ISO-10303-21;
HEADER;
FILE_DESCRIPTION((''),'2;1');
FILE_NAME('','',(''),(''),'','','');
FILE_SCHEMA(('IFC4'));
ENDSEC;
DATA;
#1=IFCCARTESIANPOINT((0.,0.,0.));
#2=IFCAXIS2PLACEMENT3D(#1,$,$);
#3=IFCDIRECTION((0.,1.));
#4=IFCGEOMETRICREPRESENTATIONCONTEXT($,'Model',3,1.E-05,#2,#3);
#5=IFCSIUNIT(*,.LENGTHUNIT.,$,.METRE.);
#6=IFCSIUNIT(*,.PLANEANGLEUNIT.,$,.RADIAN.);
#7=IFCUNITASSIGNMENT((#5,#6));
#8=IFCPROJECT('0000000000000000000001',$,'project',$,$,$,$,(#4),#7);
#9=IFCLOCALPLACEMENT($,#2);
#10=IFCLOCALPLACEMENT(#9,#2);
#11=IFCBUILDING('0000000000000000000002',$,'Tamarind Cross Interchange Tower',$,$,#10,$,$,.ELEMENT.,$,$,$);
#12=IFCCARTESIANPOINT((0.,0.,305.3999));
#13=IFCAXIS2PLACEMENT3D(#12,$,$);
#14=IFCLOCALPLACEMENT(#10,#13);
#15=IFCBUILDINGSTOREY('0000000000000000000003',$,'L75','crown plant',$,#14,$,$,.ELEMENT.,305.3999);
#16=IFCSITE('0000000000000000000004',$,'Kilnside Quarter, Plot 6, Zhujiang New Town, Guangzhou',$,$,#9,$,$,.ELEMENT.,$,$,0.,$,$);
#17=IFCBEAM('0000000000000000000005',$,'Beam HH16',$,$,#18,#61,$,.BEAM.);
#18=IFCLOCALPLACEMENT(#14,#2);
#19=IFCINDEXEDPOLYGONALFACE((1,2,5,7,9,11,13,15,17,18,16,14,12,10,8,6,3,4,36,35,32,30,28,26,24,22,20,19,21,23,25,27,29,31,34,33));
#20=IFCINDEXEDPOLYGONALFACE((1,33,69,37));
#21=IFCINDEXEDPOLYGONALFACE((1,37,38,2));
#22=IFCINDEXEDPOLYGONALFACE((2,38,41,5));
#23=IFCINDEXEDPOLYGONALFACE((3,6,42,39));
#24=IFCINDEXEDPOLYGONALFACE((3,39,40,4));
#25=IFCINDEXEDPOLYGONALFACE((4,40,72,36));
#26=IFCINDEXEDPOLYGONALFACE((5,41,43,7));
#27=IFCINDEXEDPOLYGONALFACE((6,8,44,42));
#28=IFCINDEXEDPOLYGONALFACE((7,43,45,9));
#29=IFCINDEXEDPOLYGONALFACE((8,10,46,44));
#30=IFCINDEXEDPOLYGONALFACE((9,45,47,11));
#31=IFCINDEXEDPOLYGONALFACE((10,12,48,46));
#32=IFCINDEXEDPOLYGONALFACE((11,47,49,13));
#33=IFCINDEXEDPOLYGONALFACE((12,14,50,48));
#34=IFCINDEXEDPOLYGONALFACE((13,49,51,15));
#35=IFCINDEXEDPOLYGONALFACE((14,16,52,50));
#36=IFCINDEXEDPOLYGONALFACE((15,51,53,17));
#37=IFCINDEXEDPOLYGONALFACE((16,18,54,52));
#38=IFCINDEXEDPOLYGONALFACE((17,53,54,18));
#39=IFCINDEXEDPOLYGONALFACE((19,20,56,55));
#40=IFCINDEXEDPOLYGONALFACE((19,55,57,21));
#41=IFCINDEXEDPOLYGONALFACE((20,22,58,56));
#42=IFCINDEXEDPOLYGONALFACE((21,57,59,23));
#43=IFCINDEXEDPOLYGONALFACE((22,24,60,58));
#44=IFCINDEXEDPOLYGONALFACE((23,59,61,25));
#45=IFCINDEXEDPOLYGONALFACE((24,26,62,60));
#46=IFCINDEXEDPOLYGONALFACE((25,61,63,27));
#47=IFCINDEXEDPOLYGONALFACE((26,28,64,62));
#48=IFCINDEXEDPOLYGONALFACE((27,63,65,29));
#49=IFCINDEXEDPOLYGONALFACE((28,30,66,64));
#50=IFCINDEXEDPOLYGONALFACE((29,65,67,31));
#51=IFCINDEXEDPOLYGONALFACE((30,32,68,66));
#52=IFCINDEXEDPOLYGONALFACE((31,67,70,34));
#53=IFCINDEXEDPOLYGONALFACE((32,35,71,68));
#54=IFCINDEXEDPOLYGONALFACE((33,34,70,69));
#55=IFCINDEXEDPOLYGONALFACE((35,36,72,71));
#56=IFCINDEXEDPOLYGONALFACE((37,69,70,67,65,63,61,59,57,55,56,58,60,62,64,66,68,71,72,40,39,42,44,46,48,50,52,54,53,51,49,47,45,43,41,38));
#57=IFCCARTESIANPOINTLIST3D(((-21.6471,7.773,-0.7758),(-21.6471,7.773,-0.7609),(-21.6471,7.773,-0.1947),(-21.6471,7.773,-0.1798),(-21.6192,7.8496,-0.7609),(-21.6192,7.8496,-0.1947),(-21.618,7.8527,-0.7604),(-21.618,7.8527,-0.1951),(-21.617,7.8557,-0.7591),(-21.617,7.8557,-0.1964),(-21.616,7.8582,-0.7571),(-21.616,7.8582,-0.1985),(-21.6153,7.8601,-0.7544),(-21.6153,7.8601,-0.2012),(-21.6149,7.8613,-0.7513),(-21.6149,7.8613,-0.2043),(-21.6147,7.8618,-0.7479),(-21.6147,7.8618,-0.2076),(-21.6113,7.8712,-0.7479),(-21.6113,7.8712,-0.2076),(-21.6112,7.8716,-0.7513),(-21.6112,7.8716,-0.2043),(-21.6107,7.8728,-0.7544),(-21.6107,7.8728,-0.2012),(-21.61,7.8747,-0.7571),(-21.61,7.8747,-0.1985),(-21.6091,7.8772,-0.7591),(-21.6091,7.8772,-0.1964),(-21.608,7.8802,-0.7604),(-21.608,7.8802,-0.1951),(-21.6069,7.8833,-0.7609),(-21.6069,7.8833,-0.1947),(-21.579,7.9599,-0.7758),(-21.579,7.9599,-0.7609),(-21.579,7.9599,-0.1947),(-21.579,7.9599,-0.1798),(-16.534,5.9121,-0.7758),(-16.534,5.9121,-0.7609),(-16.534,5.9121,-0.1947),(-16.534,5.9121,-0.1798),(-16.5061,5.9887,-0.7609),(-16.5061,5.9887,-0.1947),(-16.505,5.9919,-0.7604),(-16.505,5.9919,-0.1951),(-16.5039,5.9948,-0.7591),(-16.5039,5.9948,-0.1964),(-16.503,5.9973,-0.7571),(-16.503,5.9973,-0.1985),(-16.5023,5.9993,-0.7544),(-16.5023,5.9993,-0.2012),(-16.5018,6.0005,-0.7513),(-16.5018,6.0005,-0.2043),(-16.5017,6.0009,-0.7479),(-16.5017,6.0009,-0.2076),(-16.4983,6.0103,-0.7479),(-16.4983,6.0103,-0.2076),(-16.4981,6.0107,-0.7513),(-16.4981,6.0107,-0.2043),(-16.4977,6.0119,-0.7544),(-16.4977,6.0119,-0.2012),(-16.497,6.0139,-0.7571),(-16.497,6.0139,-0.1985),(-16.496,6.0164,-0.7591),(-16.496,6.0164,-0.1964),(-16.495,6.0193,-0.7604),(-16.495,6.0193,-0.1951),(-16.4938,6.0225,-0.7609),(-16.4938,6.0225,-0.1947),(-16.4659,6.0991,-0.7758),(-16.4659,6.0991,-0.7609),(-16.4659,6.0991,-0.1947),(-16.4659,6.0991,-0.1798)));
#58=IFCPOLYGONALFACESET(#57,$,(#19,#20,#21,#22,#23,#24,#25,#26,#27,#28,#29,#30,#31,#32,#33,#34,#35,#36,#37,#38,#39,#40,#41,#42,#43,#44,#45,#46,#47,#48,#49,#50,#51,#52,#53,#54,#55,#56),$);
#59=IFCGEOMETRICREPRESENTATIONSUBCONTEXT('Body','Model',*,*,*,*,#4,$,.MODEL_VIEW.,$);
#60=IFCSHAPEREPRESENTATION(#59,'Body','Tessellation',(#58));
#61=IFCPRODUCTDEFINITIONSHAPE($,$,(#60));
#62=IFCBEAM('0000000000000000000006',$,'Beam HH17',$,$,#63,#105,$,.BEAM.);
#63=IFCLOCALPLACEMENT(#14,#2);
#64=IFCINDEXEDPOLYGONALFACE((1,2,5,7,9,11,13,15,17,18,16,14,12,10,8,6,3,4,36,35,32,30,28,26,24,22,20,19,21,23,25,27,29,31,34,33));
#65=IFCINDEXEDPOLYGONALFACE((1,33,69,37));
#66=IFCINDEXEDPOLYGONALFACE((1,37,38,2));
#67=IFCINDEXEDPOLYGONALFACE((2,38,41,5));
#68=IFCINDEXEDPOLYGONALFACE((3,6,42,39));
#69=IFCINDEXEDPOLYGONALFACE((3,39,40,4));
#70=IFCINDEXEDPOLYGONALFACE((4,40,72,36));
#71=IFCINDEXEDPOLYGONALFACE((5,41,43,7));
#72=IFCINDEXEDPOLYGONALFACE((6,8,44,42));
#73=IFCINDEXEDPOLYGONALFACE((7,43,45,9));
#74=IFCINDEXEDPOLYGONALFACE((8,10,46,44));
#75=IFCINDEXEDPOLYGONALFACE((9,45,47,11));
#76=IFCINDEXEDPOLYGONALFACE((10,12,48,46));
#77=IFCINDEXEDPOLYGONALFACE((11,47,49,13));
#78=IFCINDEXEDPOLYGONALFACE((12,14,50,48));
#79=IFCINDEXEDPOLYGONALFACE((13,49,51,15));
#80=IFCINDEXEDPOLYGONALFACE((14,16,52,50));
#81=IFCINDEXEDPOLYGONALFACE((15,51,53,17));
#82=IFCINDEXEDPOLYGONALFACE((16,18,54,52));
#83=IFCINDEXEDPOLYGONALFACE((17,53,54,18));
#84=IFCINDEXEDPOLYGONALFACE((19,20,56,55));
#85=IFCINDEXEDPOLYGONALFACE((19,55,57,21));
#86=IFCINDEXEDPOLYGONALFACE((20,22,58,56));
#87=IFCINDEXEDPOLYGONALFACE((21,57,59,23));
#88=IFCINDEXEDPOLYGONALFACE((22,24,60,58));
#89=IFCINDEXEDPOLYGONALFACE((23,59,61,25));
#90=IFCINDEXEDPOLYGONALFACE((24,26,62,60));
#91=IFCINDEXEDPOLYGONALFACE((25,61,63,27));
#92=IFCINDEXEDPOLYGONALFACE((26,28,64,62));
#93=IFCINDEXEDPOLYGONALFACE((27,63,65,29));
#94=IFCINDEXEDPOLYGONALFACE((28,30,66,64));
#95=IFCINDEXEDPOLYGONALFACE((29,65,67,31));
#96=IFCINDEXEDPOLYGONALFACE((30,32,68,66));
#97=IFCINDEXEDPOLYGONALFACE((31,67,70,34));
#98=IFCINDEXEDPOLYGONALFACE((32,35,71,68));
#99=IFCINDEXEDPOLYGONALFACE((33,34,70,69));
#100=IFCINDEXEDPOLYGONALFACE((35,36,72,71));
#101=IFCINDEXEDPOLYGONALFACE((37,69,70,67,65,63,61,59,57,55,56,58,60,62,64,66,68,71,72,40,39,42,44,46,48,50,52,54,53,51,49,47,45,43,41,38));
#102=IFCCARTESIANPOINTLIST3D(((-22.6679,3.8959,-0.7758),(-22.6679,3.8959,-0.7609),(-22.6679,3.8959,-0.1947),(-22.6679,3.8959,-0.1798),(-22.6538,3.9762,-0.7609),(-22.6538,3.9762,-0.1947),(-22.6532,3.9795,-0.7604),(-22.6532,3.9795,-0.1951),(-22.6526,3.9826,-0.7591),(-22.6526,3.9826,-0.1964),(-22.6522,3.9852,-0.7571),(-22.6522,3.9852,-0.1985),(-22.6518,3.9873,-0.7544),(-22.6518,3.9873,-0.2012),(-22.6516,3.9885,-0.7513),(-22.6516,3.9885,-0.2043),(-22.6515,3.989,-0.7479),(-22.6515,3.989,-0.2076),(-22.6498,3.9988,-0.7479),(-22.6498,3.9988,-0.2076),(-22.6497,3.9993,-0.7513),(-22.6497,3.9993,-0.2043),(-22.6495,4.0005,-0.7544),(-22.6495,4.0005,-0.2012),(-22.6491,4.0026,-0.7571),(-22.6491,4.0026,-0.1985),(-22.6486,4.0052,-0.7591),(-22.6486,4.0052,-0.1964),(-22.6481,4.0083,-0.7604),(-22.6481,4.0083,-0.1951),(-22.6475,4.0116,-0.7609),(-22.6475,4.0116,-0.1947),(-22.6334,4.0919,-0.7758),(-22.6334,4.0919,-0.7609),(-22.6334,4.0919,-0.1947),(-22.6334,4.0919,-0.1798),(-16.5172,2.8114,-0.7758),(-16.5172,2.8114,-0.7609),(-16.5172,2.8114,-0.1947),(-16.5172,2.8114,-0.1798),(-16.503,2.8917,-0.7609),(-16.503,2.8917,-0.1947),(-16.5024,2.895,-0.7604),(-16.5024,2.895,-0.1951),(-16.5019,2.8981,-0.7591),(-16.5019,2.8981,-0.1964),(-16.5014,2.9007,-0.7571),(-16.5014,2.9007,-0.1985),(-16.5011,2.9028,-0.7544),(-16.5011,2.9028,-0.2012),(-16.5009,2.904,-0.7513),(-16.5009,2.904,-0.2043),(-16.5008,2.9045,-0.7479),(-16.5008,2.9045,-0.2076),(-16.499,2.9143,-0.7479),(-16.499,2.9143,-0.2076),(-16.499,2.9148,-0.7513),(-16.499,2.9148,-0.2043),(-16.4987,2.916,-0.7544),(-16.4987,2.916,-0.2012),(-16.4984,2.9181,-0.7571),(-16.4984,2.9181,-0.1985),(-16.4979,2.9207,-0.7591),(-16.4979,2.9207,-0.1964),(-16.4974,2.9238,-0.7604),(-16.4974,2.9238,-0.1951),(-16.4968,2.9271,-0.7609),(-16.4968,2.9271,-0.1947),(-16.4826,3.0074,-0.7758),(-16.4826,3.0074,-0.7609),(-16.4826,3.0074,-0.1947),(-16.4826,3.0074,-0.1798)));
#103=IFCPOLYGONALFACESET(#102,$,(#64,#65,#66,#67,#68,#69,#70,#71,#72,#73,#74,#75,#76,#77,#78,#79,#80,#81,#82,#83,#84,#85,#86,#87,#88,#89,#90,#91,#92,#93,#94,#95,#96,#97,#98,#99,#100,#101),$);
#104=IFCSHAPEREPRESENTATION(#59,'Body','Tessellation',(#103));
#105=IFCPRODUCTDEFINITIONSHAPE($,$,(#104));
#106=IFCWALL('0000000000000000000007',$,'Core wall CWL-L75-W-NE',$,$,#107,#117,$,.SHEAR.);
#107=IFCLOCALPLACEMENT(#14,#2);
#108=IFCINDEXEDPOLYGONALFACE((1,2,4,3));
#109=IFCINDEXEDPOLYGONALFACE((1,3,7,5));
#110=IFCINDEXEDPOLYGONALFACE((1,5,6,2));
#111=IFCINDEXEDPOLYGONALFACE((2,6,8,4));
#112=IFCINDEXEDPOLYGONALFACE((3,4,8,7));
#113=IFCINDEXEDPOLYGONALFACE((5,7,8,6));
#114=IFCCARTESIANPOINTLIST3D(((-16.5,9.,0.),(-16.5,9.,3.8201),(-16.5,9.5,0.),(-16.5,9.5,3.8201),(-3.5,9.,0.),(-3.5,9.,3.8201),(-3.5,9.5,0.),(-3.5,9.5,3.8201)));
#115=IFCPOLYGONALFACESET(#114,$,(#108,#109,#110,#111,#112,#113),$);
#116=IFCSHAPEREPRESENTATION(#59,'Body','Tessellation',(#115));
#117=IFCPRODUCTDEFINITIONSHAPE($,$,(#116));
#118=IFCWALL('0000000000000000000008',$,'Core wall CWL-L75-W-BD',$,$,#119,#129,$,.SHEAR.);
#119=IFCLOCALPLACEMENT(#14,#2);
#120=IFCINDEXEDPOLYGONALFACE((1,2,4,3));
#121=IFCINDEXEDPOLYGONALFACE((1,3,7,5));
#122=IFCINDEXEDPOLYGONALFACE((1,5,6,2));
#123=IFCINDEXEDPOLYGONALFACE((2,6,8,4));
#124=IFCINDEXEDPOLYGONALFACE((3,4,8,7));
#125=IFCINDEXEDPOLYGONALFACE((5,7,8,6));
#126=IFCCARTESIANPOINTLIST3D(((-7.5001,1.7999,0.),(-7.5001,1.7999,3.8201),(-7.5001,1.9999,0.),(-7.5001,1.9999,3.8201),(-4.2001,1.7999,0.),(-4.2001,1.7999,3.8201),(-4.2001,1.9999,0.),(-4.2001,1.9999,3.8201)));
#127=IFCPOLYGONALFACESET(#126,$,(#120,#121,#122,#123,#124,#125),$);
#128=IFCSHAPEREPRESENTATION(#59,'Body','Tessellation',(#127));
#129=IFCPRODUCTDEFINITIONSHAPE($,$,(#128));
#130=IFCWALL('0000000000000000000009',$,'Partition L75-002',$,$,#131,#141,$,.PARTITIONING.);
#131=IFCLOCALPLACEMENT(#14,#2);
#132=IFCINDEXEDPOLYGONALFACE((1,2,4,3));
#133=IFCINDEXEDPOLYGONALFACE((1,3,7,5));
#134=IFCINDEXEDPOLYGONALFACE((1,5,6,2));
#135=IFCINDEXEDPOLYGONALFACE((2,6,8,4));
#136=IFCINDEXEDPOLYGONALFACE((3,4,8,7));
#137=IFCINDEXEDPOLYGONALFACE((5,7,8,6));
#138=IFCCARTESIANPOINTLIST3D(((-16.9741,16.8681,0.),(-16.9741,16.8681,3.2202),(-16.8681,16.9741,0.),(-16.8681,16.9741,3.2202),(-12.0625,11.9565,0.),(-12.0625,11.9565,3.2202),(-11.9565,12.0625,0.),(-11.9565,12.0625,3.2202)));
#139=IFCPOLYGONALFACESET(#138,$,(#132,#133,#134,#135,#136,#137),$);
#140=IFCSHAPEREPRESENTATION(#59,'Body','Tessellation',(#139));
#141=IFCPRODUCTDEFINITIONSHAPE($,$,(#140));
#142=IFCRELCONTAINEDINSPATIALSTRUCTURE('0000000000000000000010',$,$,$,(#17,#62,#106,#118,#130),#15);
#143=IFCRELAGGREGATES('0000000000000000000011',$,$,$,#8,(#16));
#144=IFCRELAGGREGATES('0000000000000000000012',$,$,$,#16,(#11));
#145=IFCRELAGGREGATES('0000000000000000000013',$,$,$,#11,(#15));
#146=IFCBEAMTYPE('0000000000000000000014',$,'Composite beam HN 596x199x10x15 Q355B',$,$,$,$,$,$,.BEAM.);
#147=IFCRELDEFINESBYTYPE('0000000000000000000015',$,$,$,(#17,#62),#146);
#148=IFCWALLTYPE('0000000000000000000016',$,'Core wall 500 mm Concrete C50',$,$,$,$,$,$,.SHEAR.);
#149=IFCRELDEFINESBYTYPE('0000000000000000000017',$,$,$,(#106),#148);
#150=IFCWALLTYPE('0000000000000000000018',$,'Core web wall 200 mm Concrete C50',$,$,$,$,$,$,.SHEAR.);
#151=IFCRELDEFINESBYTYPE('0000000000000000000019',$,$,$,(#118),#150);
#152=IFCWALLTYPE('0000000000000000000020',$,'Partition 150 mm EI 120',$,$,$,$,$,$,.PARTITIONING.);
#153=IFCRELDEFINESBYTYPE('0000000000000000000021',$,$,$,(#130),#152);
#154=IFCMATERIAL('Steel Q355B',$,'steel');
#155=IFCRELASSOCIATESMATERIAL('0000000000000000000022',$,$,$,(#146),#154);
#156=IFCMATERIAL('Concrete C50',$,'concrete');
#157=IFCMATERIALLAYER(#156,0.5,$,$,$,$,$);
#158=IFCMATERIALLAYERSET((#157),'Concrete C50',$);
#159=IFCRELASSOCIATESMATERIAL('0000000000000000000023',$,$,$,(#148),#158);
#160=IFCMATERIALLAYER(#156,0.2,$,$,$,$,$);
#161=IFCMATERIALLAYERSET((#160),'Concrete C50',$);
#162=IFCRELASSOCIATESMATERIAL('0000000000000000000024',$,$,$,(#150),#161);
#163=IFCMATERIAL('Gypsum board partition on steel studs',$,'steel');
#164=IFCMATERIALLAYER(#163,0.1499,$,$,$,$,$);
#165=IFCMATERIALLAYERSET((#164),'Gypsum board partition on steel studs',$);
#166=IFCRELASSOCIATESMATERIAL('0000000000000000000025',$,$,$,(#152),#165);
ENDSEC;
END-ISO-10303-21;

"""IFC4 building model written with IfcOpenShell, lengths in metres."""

from ifc_helpers import new_model, si_unit, direction, frame, frame_2d, origin, origin_2d, place, context, subcontext, project, spatial, rectangle, i_section, extrude, material, layer, layer_set, material_profile, profile_set, type_object, element, save


model = new_model("IFC4")

# Units and contexts
model_context = context("Model", 3, precision=1e-05, world=origin(), true_north=direction((0.0, 1.0)))
body_context = subcontext(model_context, "Body", "Model", "MODEL_VIEW")
ifc_project = project(units=[si_unit("LENGTHUNIT", "METRE"), si_unit("PLANEANGLEUNIT", "RADIAN")], contexts=[model_context])

# Site, building, storey
site_placement = place(None, origin())
site = spatial("IfcSite", under=ifc_project, at=site_placement, Name="Kilnside Quarter, Plot 6, Zhujiang New Town, Guangzhou", CompositionType="ELEMENT", RefElevation=0.0)
building_placement = place(site_placement, origin())
building = spatial("IfcBuilding", under=site, at=building_placement, Name="Tamarind Cross Interchange Tower", CompositionType="ELEMENT")
storey_placement = place(building_placement, frame((0.0, 0.0, 305.3999)))
storey = spatial("IfcBuildingStorey", under=building, at=storey_placement, Name="L75", Description="crown plant", CompositionType="ELEMENT", Elevation=305.3999)

# Beams
ifc_material_1 = material(Name="Steel Q355B", Category="steel")
ifc_material_profile_1 = material_profile(ifc_material_1, i_section(OverallWidth=0.199, OverallDepth=0.5959, WebThickness=0.01, FlangeThickness=0.0149, FilletRadius=0.0129, at=origin_2d()), Name="HN 596x199x10x15")
ifc_profile_set_1 = profile_set([ifc_material_profile_1], Name="Steel Q355B")
beam_type_1 = type_object("IfcBeamType", Name="Composite beam HN 596x199x10x15 Q355B", PredefinedType="BEAM", material=ifc_profile_set_1)
beam_1_placement = place(storey_placement, frame((-21.613, 7.8665, -0.4778), z_axis=(0.939702, -0.341995, 0.0), x_axis=(0.341995, 0.939702, 0.0)))
element("IfcBeam", 1, at=beam_1_placement, inside=storey, type_object=beam_type_1, Name="Beam HH16", PredefinedType="BEAM", context=body_context, shape_type="SweptSolid", body=[
    extrude(i_section(OverallWidth=0.199, OverallDepth=0.5959, WebThickness=0.01, FlangeThickness=0.0149, FilletRadius=0.0129, at=origin_2d()), origin(), (0.0, 0.0, 1.0), 5.4412),
])
beam_2_placement = place(storey_placement, frame((-22.6506, 3.9939, -0.4778), z_axis=(0.984809, -0.17364, 0.0), x_axis=(0.17364, 0.984809, 0.0)))
element("IfcBeam", 2, at=beam_2_placement, inside=storey, type_object=beam_type_1, Name="Beam HH17", PredefinedType="BEAM", context=body_context, shape_type="SweptSolid", body=[
    extrude(i_section(OverallWidth=0.199, OverallDepth=0.5959, WebThickness=0.01, FlangeThickness=0.0149, FilletRadius=0.0129, at=origin_2d()), origin(), (0.0, 0.0, 1.0), 6.2456),
])

# Walls
ifc_material_2 = material(Name="Concrete C50", Category="concrete")
ifc_layer_1 = layer(ifc_material_2, 0.5)
ifc_layer_set_1 = layer_set([ifc_layer_1], Name="Concrete C50")
wall_type_1 = type_object("IfcWallType", Name="Core wall 500 mm Concrete C50", PredefinedType="SHEAR", material=ifc_layer_set_1)
wall_1_placement = place(storey_placement, frame((-16.5, 9.25, 0.0), z_axis=(0.0, 0.0, 1.0), x_axis=(1.0, 0.0, 0.0)))
element("IfcWall", 3, at=wall_1_placement, inside=storey, type_object=wall_type_1, Name="Core wall CWL-L75-W-NE", PredefinedType="SHEAR", context=body_context, shape_type="SweptSolid", body=[
    extrude(rectangle(XDim=13.0, YDim=0.5, at=frame_2d((6.5, 0.0))), origin(), (0.0, 0.0, 1.0), 3.8201),
])
ifc_layer_2 = layer(ifc_material_2, 0.2)
ifc_layer_set_2 = layer_set([ifc_layer_2], Name="Concrete C50")
wall_type_2 = type_object("IfcWallType", Name="Core web wall 200 mm Concrete C50", PredefinedType="SHEAR", material=ifc_layer_set_2)
wall_2_placement = place(storey_placement, frame((-7.5, 1.8999, 0.0), z_axis=(0.0, 0.0, 1.0), x_axis=(1.0, 0.0, 0.0)))
element("IfcWall", 4, at=wall_2_placement, inside=storey, type_object=wall_type_2, Name="Core wall CWL-L75-W-BD", PredefinedType="SHEAR", context=body_context, shape_type="SweptSolid", body=[
    extrude(rectangle(XDim=3.3, YDim=0.2, at=frame_2d((1.6499, 0.0))), origin(), (0.0, 0.0, 1.0), 3.8201),
])
ifc_material_3 = material(Name="Gypsum board partition on steel studs", Category="steel")
ifc_layer_3 = layer(ifc_material_3, 0.1499)
ifc_layer_set_3 = layer_set([ifc_layer_3], Name="Gypsum board partition on steel studs")
wall_type_3 = type_object("IfcWallType", Name="Partition 150 mm EI 120", PredefinedType="PARTITIONING", material=ifc_layer_set_3)
wall_3_placement = place(storey_placement, frame((-16.9211, 16.9211, 0.0), z_axis=(0.0, 0.0, 1.0), x_axis=(0.707107, -0.707107, 0.0)))
element("IfcWall", 5, at=wall_3_placement, inside=storey, type_object=wall_type_3, Name="Partition L75-002", PredefinedType="PARTITIONING", context=body_context, shape_type="SweptSolid", body=[
    extrude(rectangle(XDim=6.946, YDim=0.1499, at=frame_2d((3.4731, 0.0))), origin(), (0.0, 0.0, 1.0), 3.2202),
])

save(model, "model.ifc")
